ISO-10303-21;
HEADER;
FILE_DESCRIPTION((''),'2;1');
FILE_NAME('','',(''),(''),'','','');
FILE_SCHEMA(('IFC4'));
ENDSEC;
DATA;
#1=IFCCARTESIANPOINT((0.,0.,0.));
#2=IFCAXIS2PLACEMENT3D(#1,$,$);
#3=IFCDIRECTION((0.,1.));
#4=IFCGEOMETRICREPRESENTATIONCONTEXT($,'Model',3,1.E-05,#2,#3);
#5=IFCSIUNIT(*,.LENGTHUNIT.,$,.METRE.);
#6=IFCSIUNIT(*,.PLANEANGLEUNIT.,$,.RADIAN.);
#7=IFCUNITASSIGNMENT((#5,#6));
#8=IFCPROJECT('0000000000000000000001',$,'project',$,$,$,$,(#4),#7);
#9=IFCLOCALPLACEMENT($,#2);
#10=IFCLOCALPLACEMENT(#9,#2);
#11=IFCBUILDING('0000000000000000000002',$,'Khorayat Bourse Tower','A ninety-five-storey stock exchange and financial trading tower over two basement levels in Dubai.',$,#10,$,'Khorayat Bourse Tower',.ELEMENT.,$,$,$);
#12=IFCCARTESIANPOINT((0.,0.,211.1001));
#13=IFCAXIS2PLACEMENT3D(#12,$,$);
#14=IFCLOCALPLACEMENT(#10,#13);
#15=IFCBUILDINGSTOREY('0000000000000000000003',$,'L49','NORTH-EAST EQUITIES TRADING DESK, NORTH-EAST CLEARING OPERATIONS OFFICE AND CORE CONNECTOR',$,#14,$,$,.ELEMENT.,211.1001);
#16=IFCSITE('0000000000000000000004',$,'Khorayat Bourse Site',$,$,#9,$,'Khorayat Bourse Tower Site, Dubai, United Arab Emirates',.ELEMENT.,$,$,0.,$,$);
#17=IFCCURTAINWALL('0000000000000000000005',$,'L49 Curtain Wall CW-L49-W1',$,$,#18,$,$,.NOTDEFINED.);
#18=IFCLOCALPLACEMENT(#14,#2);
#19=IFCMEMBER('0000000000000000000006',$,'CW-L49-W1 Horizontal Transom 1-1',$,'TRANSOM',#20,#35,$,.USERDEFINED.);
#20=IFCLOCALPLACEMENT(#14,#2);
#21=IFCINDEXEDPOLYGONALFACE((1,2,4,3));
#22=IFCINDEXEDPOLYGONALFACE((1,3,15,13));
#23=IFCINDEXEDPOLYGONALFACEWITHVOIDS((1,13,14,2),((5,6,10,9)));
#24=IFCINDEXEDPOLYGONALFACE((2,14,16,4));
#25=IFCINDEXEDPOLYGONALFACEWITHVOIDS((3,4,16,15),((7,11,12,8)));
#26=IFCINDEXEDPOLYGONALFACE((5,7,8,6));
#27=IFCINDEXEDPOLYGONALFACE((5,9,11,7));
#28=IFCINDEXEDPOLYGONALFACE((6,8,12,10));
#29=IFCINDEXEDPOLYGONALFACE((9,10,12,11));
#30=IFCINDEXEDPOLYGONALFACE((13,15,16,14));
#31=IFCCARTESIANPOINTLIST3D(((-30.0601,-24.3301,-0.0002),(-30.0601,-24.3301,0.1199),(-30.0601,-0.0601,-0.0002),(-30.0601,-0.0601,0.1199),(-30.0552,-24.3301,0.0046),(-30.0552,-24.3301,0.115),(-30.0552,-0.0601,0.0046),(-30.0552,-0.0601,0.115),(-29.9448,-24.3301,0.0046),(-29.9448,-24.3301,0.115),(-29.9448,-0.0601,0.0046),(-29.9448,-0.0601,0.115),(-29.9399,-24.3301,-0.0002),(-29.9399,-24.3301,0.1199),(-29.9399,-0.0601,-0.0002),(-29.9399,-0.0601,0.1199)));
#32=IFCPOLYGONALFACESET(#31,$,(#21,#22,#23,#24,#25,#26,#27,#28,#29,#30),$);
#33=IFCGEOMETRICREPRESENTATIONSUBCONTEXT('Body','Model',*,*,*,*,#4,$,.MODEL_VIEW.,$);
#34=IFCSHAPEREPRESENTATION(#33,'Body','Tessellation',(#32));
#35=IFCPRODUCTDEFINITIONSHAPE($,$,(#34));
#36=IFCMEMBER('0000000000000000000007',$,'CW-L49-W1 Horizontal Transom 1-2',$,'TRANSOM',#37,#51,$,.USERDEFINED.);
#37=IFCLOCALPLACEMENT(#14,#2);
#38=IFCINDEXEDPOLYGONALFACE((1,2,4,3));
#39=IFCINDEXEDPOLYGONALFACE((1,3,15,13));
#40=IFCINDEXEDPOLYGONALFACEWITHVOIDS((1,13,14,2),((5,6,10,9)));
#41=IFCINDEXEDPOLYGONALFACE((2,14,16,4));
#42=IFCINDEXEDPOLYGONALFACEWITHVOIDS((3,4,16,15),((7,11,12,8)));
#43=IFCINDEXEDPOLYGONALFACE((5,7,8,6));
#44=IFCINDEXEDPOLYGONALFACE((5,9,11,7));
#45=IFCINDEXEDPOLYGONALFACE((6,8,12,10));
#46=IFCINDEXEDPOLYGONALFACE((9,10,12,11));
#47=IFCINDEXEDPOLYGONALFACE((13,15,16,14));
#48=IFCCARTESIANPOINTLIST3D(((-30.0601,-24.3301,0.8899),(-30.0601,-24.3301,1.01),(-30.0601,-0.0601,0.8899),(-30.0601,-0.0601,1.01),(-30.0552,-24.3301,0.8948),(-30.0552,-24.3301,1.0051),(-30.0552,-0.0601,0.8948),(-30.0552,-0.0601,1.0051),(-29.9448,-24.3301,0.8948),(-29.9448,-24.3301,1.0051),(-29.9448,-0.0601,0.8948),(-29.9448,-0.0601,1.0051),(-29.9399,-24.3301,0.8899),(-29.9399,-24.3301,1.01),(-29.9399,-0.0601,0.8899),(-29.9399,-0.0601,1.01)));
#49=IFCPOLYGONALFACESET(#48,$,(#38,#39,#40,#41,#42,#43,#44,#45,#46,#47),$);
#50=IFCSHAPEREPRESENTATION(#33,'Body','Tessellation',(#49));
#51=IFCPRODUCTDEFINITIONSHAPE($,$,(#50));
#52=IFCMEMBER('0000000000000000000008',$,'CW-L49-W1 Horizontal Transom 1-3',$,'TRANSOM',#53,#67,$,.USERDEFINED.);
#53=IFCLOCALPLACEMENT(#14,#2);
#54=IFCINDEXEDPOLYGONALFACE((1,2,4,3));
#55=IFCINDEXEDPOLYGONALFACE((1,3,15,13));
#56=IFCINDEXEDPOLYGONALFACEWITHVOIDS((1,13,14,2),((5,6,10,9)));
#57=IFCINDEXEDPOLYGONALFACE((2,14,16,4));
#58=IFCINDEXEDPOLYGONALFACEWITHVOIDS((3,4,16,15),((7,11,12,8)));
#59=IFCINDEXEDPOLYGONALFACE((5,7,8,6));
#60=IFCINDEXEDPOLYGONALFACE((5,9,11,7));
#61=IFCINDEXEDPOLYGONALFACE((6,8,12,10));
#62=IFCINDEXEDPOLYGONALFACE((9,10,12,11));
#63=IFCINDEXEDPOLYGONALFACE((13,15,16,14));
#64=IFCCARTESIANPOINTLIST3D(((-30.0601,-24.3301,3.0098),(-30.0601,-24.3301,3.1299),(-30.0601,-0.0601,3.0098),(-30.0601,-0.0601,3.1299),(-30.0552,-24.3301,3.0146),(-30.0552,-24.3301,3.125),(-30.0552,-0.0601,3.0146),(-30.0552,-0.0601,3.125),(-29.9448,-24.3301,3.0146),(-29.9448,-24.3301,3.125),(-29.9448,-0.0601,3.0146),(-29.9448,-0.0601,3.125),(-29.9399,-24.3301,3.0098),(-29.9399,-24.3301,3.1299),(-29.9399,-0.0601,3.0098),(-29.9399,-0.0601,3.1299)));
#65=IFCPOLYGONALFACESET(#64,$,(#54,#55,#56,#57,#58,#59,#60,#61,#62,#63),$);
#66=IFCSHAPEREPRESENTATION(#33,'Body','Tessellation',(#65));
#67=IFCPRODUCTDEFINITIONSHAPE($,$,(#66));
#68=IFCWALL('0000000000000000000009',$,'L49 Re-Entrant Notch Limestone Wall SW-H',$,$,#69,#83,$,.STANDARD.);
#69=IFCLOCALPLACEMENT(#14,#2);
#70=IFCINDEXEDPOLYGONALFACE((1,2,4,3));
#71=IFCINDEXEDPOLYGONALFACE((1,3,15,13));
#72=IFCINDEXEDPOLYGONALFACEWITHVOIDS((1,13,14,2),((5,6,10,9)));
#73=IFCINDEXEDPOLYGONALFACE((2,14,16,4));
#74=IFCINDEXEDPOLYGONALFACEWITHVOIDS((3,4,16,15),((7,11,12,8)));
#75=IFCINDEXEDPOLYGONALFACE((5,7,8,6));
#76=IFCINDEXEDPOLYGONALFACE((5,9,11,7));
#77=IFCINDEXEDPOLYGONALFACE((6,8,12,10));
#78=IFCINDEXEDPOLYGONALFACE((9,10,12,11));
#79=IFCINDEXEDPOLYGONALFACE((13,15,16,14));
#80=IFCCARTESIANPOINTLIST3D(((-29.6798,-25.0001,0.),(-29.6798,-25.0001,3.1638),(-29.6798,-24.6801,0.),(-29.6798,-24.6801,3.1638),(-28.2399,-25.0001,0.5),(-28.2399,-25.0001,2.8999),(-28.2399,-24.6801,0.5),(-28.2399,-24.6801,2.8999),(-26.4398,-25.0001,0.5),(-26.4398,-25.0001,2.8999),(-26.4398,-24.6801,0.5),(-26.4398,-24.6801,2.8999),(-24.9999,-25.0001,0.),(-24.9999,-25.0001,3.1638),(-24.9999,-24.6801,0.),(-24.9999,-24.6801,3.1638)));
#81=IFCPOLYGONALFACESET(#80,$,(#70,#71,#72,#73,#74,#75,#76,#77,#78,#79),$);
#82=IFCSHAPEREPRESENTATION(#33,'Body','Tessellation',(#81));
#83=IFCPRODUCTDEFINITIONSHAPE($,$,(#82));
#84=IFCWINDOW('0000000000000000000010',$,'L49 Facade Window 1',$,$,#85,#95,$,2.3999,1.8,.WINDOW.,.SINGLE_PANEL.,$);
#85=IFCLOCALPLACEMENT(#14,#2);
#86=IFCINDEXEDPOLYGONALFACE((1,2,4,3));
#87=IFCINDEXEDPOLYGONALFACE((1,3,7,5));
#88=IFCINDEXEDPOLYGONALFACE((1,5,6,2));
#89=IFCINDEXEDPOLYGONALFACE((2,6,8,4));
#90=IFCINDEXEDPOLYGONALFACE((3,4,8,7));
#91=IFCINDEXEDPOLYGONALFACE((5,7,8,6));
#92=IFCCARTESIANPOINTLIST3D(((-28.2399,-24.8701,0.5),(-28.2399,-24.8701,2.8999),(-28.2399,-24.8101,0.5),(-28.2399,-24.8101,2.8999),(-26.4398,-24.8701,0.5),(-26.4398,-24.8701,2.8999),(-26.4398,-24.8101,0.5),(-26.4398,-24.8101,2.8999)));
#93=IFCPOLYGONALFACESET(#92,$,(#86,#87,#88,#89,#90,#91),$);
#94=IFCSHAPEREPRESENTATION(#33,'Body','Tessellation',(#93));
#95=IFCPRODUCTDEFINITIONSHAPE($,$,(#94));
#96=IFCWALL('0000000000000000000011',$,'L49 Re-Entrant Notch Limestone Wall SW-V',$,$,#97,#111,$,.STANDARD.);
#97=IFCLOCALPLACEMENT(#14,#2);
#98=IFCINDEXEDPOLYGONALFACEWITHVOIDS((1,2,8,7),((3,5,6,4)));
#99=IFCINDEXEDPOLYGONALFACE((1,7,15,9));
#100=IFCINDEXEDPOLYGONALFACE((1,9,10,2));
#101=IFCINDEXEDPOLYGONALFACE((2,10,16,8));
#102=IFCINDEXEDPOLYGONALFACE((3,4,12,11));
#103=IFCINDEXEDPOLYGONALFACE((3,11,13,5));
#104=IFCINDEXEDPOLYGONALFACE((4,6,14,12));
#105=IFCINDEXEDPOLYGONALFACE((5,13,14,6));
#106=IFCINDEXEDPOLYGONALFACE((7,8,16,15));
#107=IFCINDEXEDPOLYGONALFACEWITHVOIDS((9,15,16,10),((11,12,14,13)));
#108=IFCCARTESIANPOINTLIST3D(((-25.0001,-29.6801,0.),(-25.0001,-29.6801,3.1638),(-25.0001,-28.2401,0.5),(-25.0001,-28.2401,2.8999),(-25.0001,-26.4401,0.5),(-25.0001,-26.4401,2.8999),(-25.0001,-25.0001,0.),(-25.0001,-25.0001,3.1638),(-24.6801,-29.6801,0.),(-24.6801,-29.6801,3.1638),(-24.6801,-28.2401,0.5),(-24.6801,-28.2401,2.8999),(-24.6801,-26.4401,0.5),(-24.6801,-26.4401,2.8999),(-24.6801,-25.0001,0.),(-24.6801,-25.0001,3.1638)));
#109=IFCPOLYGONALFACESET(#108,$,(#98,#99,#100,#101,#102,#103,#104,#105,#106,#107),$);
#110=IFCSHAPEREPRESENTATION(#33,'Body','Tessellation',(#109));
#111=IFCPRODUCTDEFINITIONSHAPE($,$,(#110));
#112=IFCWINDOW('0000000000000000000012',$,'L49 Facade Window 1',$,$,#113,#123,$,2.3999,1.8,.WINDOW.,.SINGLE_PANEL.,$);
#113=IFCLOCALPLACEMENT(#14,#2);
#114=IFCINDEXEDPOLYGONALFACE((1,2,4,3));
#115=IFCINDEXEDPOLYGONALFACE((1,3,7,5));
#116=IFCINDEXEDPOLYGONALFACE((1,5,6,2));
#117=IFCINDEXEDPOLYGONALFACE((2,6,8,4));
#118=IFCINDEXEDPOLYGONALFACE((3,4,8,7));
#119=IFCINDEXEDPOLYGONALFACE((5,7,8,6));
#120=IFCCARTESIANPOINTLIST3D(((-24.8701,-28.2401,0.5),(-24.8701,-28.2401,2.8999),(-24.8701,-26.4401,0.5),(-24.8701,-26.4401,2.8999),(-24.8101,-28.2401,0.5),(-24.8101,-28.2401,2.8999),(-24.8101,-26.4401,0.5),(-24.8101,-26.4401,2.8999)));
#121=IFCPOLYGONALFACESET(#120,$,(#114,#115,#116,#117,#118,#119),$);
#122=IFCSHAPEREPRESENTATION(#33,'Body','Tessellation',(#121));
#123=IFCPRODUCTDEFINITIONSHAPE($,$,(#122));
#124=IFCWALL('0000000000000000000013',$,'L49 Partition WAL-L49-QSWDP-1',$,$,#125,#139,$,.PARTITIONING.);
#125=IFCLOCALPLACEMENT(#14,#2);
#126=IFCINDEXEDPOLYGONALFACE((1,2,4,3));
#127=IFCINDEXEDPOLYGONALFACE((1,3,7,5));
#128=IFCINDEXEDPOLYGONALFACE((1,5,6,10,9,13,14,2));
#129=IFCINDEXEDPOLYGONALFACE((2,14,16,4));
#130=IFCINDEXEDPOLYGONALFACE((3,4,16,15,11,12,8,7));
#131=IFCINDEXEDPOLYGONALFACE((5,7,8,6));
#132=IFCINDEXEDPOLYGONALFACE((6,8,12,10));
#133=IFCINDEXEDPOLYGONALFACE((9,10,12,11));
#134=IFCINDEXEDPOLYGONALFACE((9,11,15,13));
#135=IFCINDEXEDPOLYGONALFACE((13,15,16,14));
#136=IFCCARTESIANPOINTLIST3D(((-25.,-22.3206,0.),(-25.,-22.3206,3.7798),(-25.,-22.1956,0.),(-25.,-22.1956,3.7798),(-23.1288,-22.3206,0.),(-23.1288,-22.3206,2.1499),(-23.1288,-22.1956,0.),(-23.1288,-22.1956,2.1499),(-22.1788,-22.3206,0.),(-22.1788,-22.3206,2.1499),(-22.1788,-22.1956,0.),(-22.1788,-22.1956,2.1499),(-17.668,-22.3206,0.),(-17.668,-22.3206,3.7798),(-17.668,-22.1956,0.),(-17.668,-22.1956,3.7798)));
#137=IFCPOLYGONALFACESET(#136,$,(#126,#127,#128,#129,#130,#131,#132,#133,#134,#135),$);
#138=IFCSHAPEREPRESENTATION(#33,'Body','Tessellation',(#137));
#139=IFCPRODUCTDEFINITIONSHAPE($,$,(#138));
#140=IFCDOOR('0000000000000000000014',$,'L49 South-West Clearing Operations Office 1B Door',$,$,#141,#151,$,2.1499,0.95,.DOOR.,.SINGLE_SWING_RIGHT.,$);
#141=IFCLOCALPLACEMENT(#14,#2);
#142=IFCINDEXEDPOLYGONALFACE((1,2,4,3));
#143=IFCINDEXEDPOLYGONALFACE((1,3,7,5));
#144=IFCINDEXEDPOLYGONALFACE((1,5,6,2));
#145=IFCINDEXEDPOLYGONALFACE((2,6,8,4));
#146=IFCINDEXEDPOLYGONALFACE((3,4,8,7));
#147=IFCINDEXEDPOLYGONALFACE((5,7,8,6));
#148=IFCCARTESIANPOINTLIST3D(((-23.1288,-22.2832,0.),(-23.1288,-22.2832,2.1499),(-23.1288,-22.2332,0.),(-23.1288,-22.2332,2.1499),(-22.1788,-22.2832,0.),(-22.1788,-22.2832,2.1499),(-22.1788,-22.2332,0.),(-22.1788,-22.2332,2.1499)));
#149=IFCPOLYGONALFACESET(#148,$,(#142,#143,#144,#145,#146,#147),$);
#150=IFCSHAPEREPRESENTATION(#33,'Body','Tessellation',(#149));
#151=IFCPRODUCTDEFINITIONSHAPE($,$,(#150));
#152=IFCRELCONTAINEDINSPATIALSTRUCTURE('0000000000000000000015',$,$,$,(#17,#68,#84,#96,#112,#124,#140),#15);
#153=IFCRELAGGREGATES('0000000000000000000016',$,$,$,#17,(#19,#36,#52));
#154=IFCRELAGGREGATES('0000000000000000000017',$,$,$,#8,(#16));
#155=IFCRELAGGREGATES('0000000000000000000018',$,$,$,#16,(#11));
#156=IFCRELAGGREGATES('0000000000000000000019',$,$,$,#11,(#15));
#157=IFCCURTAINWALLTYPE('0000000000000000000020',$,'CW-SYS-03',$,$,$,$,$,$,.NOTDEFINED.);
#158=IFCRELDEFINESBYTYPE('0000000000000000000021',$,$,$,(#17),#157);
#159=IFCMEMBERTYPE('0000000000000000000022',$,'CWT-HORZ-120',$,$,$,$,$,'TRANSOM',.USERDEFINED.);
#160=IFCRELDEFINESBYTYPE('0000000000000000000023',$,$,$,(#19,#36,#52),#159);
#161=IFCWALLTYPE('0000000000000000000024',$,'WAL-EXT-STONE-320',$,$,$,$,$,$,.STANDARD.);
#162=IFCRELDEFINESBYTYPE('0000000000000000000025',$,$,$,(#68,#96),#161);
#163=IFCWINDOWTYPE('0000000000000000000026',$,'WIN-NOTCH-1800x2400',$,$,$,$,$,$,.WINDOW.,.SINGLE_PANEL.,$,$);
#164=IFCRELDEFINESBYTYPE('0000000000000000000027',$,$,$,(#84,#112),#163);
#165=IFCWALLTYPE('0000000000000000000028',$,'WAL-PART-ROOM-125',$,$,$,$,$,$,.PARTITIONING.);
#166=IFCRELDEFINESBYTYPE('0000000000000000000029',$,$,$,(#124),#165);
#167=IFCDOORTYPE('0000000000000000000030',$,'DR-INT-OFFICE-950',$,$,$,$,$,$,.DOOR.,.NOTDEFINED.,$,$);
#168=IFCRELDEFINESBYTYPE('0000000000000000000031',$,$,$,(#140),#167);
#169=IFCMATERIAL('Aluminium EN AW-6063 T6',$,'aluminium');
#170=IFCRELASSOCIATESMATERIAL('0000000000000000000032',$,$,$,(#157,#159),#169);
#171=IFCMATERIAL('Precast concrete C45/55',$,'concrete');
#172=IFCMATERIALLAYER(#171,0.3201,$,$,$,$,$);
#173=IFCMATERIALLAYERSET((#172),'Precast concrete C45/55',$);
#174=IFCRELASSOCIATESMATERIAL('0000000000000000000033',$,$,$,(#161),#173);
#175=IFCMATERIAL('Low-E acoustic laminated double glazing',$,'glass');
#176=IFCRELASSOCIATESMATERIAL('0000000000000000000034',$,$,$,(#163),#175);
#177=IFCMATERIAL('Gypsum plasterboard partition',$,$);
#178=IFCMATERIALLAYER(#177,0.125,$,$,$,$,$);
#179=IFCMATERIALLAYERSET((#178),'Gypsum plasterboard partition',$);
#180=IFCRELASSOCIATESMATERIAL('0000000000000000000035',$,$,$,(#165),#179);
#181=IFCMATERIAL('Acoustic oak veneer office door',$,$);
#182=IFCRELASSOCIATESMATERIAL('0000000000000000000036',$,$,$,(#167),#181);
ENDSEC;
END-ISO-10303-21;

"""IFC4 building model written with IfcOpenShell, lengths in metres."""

from ifc_helpers import new_model, si_unit, direction, frame, frame_2d, origin, origin_2d, place, context, subcontext, project, spatial, rectangle, hollow_rectangle, extrude, source, transform, mapped, material, layer, layer_set, material_profile, profile_set, type_object, element, fill, aggregate, save


model = new_model("IFC4")

# Units and contexts
model_context = context("Model", 3, precision=1e-05, world=origin(), true_north=direction((0.0, 1.0)))
body_context = subcontext(model_context, "Body", "Model", "MODEL_VIEW")
ifc_project = project(units=[si_unit("LENGTHUNIT", "METRE"), si_unit("PLANEANGLEUNIT", "RADIAN")], contexts=[model_context])

# Site, building, storey
site_placement = place(None, origin())
site = spatial("IfcSite", under=ifc_project, at=site_placement, Name="Khorayat Bourse Site", LongName="Khorayat Bourse Tower Site, Dubai, United Arab Emirates", CompositionType="ELEMENT", RefElevation=0.0)
building_placement = place(site_placement, origin())
building = spatial("IfcBuilding", under=site, at=building_placement, Name="Khorayat Bourse Tower", Description="A ninety-five-storey stock exchange and financial trading tower over two basement levels in Dubai.", LongName="Khorayat Bourse Tower", CompositionType="ELEMENT")
storey_placement = place(building_placement, frame((0.0, 0.0, 211.1001)))
storey = spatial("IfcBuildingStorey", under=building, at=storey_placement, Name="L49", Description="NORTH-EAST EQUITIES TRADING DESK, NORTH-EAST CLEARING OPERATIONS OFFICE AND CORE CONNECTOR", CompositionType="ELEMENT", Elevation=211.1001)

# Curtain wall
ifc_material_1 = material(Name="Aluminium EN AW-6063 T6", Category="aluminium")
curtain_wall_type = type_object("IfcCurtainWallType", Name="CW-SYS-03", PredefinedType="NOTDEFINED", material=ifc_material_1)
curtain_wall_1_placement = place(storey_placement, origin())
curtain_wall_1 = element("IfcCurtainWall", 1, at=curtain_wall_1_placement, inside=storey, type_object=curtain_wall_type, Name="L49 Curtain Wall CW-L49-W1", PredefinedType="NOTDEFINED")

# Members
ifc_material_profile_1 = material_profile(ifc_material_1, hollow_rectangle(XDim=0.1201, YDim=0.1201, WallThickness=0.0049, at=origin_2d()), Name="ALU 120x120x5")
ifc_profile_set_1 = profile_set([ifc_material_profile_1], Name="Aluminium EN AW-6063 T6")
member_type_1 = type_object("IfcMemberType", Name="CWT-HORZ-120", ElementType="TRANSOM", PredefinedType="USERDEFINED", material=ifc_profile_set_1)
shared_shape_1 = source(origin(), body_context, "Body", "SweptSolid", [
    extrude(hollow_rectangle(XDim=0.1201, YDim=0.1201, WallThickness=0.0049, at=origin_2d()), origin(), (0.0, 0.0, 1.0), 24.27),
])
member_1_placement = place(storey_placement, frame((-30.0, -24.3301, 0.0598), z_axis=(0.0, 1.0, 0.0), x_axis=(-1.0, 0.0, 0.0)))
member_1 = element("IfcMember", 2, at=member_1_placement, type_object=member_type_1, Name="CW-L49-W1 Horizontal Transom 1-1", ObjectType="TRANSOM", PredefinedType="USERDEFINED", context=body_context, shape_type="MappedRepresentation", body=[
    mapped(shared_shape_1, transform((0.0, 0.0, 0.0), scale=1.0)),
])
member_2_placement = place(storey_placement, frame((-30.0, -24.3301, 0.95), z_axis=(0.0, 1.0, 0.0), x_axis=(-1.0, 0.0, 0.0)))
member_2 = element("IfcMember", 3, at=member_2_placement, type_object=member_type_1, Name="CW-L49-W1 Horizontal Transom 1-2", ObjectType="TRANSOM", PredefinedType="USERDEFINED", context=body_context, shape_type="MappedRepresentation", body=[
    mapped(shared_shape_1, transform((0.0, 0.0, 0.0), scale=1.0)),
])
member_3_placement = place(storey_placement, frame((-30.0, -24.3301, 3.0698), z_axis=(0.0, 1.0, 0.0), x_axis=(-1.0, 0.0, 0.0)))
member_3 = element("IfcMember", 4, at=member_3_placement, type_object=member_type_1, Name="CW-L49-W1 Horizontal Transom 1-3", ObjectType="TRANSOM", PredefinedType="USERDEFINED", context=body_context, shape_type="MappedRepresentation", body=[
    mapped(shared_shape_1, transform((0.0, 0.0, 0.0), scale=1.0)),
])
aggregate(curtain_wall_1, [member_1, member_2, member_3])

# Walls, openings, windows
ifc_material_2 = material(Name="Precast concrete C45/55", Category="concrete")
ifc_layer_1 = layer(ifc_material_2, 0.3201)
ifc_layer_set_1 = layer_set([ifc_layer_1], Name="Precast concrete C45/55")
wall_type_1 = type_object("IfcWallType", Name="WAL-EXT-STONE-320", PredefinedType="STANDARD", material=ifc_layer_set_1)
shared_shape_2 = source(origin(), body_context, "Body", "SweptSolid", [
    extrude(rectangle(XDim=4.6799, YDim=0.3201, at=frame_2d((2.3398, 0.0))), origin(), (0.0, 0.0, 1.0), 3.1638),
])
wall_1_placement = place(storey_placement, frame((-25.0, -24.8401, 0.0), z_axis=(0.0, 0.0, 1.0), x_axis=(-1.0, 0.0, 0.0)))
wall_1 = element("IfcWall", 5, at=wall_1_placement, inside=storey, type_object=wall_type_1, Name="L49 Re-Entrant Notch Limestone Wall SW-H", PredefinedType="STANDARD", context=body_context, shape_type="MappedRepresentation", body=[
    mapped(shared_shape_2, transform((0.0, 0.0, 0.0), scale=1.0)),
])
shared_shape_3 = source(origin(), body_context, "Body", "SweptSolid", [
    extrude(rectangle(XDim=1.8, YDim=2.3999, at=frame_2d((0.8999, 1.2))), frame((0.0, 0.1699, 0.0), z_axis=(0.0, -1.0, 0.0), x_axis=(1.0, 0.0, 0.0)), (0.0, 0.0, 1.0), 0.3401),
])
opening_1_placement = place(wall_1_placement, frame((1.4399, 0.0, 0.5)))
opening_1 = element("IfcOpeningElement", 6, at=opening_1_placement, cuts=wall_1, PredefinedType="OPENING", context=body_context, shape_type="MappedRepresentation", body=[
    mapped(shared_shape_3, transform((0.0, 0.0, 0.0), scale=1.0)),
])
ifc_material_3 = material(Name="Low-E acoustic laminated double glazing", Category="glass")
window_type = type_object("IfcWindowType", Name="WIN-NOTCH-1800x2400", PartitioningType="SINGLE_PANEL", PredefinedType="WINDOW", material=ifc_material_3)
shared_shape_4 = source(origin(), body_context, "Body", "SweptSolid", [
    extrude(rectangle(XDim=1.8, YDim=2.3999, at=frame_2d((0.8999, 1.2))), frame((0.0, 0.03, 0.0), z_axis=(0.0, -1.0, 0.0), x_axis=(1.0, 0.0, 0.0)), (0.0, 0.0, 1.0), 0.0601),
])
window_1_placement = place(opening_1_placement, origin())
window_1 = element("IfcWindow", 7, at=window_1_placement, inside=storey, type_object=window_type, Name="L49 Facade Window 1", OverallHeight=2.3999, OverallWidth=1.8, PartitioningType="SINGLE_PANEL", PredefinedType="WINDOW", context=body_context, shape_type="MappedRepresentation", body=[
    mapped(shared_shape_4, transform((0.0, 0.0, 0.0), scale=1.0)),
])
fill(opening_1, window_1)
wall_2_placement = place(storey_placement, frame((-24.8401, -29.6799, 0.0), z_axis=(0.0, 0.0, 1.0), x_axis=(0.0, 1.0, 0.0)))
wall_2 = element("IfcWall", 8, at=wall_2_placement, inside=storey, type_object=wall_type_1, Name="L49 Re-Entrant Notch Limestone Wall SW-V", PredefinedType="STANDARD", context=body_context, shape_type="MappedRepresentation", body=[
    mapped(shared_shape_2, transform((0.0, 0.0, 0.0), scale=1.0)),
])
opening_2_placement = place(wall_2_placement, frame((1.4399, 0.0, 0.5)))
opening_2 = element("IfcOpeningElement", 9, at=opening_2_placement, cuts=wall_2, PredefinedType="OPENING", context=body_context, shape_type="MappedRepresentation", body=[
    mapped(shared_shape_3, transform((0.0, 0.0, 0.0), scale=1.0)),
])
window_2_placement = place(opening_2_placement, origin())
window_2 = element("IfcWindow", 10, at=window_2_placement, inside=storey, type_object=window_type, Name="L49 Facade Window 1", OverallHeight=2.3999, OverallWidth=1.8, PartitioningType="SINGLE_PANEL", PredefinedType="WINDOW", context=body_context, shape_type="MappedRepresentation", body=[
    mapped(shared_shape_4, transform((0.0, 0.0, 0.0), scale=1.0)),
])
fill(opening_2, window_2)

# Wall, opening, door
ifc_material_4 = material(Name="Gypsum plasterboard partition")
ifc_layer_2 = layer(ifc_material_4, 0.125)
ifc_layer_set_2 = layer_set([ifc_layer_2], Name="Gypsum plasterboard partition")
wall_type_2 = type_object("IfcWallType", Name="WAL-PART-ROOM-125", PredefinedType="PARTITIONING", material=ifc_layer_set_2)
shared_shape_5 = source(origin(), body_context, "Body", "SweptSolid", [
    extrude(rectangle(XDim=7.332, YDim=0.125, at=frame_2d((3.666, 0.0))), origin(), (0.0, 0.0, 1.0), 3.7798),
])
wall_3_placement = place(storey_placement, frame((-25.0, -22.2581, 0.0), z_axis=(0.0, 0.0, 1.0), x_axis=(1.0, 0.0, 0.0)))
wall_3 = element("IfcWall", 11, at=wall_3_placement, inside=storey, type_object=wall_type_2, Name="L49 Partition WAL-L49-QSWDP-1", PredefinedType="PARTITIONING", context=body_context, shape_type="MappedRepresentation", body=[
    mapped(shared_shape_5, transform((0.0, 0.0, 0.0), scale=1.0)),
])
shared_shape_6 = source(origin(), body_context, "Body", "SweptSolid", [
    extrude(rectangle(XDim=0.95, YDim=2.1499, at=frame_2d((0.4751, 1.075))), frame((0.0, 0.0725, 0.0), z_axis=(0.0, -1.0, 0.0), x_axis=(1.0, 0.0, 0.0)), (0.0, 0.0, 1.0), 0.145),
])
opening_3_placement = place(wall_3_placement, frame((1.8711, 0.0, 0.0)))
opening_3 = element("IfcOpeningElement", 12, at=opening_3_placement, cuts=wall_3, PredefinedType="OPENING", context=body_context, shape_type="MappedRepresentation", body=[
    mapped(shared_shape_6, transform((0.0, 0.0, 0.0), scale=1.0)),
])
ifc_material_5 = material(Name="Acoustic oak veneer office door")
door_type = type_object("IfcDoorType", Name="DR-INT-OFFICE-950", OperationType="NOTDEFINED", PredefinedType="DOOR", material=ifc_material_5)
shared_shape_7 = source(origin(), body_context, "Body", "SweptSolid", [
    extrude(rectangle(XDim=0.95, YDim=2.1499, at=frame_2d((0.4751, 1.075))), frame((0.0, 0.0249, 0.0), z_axis=(0.0, -1.0, 0.0), x_axis=(1.0, 0.0, 0.0)), (0.0, 0.0, 1.0), 0.05),
])
door_placement = place(opening_3_placement, origin())
door = element("IfcDoor", 13, at=door_placement, inside=storey, type_object=door_type, Name="L49 South-West Clearing Operations Office 1B Door", OperationType="SINGLE_SWING_RIGHT", OverallHeight=2.1499, OverallWidth=0.95, PredefinedType="DOOR", context=body_context, shape_type="MappedRepresentation", body=[
    mapped(shared_shape_7, transform((0.0, 0.0, 0.0), scale=1.0)),
])
fill(opening_3, door)

save(model, "model.ifc")
